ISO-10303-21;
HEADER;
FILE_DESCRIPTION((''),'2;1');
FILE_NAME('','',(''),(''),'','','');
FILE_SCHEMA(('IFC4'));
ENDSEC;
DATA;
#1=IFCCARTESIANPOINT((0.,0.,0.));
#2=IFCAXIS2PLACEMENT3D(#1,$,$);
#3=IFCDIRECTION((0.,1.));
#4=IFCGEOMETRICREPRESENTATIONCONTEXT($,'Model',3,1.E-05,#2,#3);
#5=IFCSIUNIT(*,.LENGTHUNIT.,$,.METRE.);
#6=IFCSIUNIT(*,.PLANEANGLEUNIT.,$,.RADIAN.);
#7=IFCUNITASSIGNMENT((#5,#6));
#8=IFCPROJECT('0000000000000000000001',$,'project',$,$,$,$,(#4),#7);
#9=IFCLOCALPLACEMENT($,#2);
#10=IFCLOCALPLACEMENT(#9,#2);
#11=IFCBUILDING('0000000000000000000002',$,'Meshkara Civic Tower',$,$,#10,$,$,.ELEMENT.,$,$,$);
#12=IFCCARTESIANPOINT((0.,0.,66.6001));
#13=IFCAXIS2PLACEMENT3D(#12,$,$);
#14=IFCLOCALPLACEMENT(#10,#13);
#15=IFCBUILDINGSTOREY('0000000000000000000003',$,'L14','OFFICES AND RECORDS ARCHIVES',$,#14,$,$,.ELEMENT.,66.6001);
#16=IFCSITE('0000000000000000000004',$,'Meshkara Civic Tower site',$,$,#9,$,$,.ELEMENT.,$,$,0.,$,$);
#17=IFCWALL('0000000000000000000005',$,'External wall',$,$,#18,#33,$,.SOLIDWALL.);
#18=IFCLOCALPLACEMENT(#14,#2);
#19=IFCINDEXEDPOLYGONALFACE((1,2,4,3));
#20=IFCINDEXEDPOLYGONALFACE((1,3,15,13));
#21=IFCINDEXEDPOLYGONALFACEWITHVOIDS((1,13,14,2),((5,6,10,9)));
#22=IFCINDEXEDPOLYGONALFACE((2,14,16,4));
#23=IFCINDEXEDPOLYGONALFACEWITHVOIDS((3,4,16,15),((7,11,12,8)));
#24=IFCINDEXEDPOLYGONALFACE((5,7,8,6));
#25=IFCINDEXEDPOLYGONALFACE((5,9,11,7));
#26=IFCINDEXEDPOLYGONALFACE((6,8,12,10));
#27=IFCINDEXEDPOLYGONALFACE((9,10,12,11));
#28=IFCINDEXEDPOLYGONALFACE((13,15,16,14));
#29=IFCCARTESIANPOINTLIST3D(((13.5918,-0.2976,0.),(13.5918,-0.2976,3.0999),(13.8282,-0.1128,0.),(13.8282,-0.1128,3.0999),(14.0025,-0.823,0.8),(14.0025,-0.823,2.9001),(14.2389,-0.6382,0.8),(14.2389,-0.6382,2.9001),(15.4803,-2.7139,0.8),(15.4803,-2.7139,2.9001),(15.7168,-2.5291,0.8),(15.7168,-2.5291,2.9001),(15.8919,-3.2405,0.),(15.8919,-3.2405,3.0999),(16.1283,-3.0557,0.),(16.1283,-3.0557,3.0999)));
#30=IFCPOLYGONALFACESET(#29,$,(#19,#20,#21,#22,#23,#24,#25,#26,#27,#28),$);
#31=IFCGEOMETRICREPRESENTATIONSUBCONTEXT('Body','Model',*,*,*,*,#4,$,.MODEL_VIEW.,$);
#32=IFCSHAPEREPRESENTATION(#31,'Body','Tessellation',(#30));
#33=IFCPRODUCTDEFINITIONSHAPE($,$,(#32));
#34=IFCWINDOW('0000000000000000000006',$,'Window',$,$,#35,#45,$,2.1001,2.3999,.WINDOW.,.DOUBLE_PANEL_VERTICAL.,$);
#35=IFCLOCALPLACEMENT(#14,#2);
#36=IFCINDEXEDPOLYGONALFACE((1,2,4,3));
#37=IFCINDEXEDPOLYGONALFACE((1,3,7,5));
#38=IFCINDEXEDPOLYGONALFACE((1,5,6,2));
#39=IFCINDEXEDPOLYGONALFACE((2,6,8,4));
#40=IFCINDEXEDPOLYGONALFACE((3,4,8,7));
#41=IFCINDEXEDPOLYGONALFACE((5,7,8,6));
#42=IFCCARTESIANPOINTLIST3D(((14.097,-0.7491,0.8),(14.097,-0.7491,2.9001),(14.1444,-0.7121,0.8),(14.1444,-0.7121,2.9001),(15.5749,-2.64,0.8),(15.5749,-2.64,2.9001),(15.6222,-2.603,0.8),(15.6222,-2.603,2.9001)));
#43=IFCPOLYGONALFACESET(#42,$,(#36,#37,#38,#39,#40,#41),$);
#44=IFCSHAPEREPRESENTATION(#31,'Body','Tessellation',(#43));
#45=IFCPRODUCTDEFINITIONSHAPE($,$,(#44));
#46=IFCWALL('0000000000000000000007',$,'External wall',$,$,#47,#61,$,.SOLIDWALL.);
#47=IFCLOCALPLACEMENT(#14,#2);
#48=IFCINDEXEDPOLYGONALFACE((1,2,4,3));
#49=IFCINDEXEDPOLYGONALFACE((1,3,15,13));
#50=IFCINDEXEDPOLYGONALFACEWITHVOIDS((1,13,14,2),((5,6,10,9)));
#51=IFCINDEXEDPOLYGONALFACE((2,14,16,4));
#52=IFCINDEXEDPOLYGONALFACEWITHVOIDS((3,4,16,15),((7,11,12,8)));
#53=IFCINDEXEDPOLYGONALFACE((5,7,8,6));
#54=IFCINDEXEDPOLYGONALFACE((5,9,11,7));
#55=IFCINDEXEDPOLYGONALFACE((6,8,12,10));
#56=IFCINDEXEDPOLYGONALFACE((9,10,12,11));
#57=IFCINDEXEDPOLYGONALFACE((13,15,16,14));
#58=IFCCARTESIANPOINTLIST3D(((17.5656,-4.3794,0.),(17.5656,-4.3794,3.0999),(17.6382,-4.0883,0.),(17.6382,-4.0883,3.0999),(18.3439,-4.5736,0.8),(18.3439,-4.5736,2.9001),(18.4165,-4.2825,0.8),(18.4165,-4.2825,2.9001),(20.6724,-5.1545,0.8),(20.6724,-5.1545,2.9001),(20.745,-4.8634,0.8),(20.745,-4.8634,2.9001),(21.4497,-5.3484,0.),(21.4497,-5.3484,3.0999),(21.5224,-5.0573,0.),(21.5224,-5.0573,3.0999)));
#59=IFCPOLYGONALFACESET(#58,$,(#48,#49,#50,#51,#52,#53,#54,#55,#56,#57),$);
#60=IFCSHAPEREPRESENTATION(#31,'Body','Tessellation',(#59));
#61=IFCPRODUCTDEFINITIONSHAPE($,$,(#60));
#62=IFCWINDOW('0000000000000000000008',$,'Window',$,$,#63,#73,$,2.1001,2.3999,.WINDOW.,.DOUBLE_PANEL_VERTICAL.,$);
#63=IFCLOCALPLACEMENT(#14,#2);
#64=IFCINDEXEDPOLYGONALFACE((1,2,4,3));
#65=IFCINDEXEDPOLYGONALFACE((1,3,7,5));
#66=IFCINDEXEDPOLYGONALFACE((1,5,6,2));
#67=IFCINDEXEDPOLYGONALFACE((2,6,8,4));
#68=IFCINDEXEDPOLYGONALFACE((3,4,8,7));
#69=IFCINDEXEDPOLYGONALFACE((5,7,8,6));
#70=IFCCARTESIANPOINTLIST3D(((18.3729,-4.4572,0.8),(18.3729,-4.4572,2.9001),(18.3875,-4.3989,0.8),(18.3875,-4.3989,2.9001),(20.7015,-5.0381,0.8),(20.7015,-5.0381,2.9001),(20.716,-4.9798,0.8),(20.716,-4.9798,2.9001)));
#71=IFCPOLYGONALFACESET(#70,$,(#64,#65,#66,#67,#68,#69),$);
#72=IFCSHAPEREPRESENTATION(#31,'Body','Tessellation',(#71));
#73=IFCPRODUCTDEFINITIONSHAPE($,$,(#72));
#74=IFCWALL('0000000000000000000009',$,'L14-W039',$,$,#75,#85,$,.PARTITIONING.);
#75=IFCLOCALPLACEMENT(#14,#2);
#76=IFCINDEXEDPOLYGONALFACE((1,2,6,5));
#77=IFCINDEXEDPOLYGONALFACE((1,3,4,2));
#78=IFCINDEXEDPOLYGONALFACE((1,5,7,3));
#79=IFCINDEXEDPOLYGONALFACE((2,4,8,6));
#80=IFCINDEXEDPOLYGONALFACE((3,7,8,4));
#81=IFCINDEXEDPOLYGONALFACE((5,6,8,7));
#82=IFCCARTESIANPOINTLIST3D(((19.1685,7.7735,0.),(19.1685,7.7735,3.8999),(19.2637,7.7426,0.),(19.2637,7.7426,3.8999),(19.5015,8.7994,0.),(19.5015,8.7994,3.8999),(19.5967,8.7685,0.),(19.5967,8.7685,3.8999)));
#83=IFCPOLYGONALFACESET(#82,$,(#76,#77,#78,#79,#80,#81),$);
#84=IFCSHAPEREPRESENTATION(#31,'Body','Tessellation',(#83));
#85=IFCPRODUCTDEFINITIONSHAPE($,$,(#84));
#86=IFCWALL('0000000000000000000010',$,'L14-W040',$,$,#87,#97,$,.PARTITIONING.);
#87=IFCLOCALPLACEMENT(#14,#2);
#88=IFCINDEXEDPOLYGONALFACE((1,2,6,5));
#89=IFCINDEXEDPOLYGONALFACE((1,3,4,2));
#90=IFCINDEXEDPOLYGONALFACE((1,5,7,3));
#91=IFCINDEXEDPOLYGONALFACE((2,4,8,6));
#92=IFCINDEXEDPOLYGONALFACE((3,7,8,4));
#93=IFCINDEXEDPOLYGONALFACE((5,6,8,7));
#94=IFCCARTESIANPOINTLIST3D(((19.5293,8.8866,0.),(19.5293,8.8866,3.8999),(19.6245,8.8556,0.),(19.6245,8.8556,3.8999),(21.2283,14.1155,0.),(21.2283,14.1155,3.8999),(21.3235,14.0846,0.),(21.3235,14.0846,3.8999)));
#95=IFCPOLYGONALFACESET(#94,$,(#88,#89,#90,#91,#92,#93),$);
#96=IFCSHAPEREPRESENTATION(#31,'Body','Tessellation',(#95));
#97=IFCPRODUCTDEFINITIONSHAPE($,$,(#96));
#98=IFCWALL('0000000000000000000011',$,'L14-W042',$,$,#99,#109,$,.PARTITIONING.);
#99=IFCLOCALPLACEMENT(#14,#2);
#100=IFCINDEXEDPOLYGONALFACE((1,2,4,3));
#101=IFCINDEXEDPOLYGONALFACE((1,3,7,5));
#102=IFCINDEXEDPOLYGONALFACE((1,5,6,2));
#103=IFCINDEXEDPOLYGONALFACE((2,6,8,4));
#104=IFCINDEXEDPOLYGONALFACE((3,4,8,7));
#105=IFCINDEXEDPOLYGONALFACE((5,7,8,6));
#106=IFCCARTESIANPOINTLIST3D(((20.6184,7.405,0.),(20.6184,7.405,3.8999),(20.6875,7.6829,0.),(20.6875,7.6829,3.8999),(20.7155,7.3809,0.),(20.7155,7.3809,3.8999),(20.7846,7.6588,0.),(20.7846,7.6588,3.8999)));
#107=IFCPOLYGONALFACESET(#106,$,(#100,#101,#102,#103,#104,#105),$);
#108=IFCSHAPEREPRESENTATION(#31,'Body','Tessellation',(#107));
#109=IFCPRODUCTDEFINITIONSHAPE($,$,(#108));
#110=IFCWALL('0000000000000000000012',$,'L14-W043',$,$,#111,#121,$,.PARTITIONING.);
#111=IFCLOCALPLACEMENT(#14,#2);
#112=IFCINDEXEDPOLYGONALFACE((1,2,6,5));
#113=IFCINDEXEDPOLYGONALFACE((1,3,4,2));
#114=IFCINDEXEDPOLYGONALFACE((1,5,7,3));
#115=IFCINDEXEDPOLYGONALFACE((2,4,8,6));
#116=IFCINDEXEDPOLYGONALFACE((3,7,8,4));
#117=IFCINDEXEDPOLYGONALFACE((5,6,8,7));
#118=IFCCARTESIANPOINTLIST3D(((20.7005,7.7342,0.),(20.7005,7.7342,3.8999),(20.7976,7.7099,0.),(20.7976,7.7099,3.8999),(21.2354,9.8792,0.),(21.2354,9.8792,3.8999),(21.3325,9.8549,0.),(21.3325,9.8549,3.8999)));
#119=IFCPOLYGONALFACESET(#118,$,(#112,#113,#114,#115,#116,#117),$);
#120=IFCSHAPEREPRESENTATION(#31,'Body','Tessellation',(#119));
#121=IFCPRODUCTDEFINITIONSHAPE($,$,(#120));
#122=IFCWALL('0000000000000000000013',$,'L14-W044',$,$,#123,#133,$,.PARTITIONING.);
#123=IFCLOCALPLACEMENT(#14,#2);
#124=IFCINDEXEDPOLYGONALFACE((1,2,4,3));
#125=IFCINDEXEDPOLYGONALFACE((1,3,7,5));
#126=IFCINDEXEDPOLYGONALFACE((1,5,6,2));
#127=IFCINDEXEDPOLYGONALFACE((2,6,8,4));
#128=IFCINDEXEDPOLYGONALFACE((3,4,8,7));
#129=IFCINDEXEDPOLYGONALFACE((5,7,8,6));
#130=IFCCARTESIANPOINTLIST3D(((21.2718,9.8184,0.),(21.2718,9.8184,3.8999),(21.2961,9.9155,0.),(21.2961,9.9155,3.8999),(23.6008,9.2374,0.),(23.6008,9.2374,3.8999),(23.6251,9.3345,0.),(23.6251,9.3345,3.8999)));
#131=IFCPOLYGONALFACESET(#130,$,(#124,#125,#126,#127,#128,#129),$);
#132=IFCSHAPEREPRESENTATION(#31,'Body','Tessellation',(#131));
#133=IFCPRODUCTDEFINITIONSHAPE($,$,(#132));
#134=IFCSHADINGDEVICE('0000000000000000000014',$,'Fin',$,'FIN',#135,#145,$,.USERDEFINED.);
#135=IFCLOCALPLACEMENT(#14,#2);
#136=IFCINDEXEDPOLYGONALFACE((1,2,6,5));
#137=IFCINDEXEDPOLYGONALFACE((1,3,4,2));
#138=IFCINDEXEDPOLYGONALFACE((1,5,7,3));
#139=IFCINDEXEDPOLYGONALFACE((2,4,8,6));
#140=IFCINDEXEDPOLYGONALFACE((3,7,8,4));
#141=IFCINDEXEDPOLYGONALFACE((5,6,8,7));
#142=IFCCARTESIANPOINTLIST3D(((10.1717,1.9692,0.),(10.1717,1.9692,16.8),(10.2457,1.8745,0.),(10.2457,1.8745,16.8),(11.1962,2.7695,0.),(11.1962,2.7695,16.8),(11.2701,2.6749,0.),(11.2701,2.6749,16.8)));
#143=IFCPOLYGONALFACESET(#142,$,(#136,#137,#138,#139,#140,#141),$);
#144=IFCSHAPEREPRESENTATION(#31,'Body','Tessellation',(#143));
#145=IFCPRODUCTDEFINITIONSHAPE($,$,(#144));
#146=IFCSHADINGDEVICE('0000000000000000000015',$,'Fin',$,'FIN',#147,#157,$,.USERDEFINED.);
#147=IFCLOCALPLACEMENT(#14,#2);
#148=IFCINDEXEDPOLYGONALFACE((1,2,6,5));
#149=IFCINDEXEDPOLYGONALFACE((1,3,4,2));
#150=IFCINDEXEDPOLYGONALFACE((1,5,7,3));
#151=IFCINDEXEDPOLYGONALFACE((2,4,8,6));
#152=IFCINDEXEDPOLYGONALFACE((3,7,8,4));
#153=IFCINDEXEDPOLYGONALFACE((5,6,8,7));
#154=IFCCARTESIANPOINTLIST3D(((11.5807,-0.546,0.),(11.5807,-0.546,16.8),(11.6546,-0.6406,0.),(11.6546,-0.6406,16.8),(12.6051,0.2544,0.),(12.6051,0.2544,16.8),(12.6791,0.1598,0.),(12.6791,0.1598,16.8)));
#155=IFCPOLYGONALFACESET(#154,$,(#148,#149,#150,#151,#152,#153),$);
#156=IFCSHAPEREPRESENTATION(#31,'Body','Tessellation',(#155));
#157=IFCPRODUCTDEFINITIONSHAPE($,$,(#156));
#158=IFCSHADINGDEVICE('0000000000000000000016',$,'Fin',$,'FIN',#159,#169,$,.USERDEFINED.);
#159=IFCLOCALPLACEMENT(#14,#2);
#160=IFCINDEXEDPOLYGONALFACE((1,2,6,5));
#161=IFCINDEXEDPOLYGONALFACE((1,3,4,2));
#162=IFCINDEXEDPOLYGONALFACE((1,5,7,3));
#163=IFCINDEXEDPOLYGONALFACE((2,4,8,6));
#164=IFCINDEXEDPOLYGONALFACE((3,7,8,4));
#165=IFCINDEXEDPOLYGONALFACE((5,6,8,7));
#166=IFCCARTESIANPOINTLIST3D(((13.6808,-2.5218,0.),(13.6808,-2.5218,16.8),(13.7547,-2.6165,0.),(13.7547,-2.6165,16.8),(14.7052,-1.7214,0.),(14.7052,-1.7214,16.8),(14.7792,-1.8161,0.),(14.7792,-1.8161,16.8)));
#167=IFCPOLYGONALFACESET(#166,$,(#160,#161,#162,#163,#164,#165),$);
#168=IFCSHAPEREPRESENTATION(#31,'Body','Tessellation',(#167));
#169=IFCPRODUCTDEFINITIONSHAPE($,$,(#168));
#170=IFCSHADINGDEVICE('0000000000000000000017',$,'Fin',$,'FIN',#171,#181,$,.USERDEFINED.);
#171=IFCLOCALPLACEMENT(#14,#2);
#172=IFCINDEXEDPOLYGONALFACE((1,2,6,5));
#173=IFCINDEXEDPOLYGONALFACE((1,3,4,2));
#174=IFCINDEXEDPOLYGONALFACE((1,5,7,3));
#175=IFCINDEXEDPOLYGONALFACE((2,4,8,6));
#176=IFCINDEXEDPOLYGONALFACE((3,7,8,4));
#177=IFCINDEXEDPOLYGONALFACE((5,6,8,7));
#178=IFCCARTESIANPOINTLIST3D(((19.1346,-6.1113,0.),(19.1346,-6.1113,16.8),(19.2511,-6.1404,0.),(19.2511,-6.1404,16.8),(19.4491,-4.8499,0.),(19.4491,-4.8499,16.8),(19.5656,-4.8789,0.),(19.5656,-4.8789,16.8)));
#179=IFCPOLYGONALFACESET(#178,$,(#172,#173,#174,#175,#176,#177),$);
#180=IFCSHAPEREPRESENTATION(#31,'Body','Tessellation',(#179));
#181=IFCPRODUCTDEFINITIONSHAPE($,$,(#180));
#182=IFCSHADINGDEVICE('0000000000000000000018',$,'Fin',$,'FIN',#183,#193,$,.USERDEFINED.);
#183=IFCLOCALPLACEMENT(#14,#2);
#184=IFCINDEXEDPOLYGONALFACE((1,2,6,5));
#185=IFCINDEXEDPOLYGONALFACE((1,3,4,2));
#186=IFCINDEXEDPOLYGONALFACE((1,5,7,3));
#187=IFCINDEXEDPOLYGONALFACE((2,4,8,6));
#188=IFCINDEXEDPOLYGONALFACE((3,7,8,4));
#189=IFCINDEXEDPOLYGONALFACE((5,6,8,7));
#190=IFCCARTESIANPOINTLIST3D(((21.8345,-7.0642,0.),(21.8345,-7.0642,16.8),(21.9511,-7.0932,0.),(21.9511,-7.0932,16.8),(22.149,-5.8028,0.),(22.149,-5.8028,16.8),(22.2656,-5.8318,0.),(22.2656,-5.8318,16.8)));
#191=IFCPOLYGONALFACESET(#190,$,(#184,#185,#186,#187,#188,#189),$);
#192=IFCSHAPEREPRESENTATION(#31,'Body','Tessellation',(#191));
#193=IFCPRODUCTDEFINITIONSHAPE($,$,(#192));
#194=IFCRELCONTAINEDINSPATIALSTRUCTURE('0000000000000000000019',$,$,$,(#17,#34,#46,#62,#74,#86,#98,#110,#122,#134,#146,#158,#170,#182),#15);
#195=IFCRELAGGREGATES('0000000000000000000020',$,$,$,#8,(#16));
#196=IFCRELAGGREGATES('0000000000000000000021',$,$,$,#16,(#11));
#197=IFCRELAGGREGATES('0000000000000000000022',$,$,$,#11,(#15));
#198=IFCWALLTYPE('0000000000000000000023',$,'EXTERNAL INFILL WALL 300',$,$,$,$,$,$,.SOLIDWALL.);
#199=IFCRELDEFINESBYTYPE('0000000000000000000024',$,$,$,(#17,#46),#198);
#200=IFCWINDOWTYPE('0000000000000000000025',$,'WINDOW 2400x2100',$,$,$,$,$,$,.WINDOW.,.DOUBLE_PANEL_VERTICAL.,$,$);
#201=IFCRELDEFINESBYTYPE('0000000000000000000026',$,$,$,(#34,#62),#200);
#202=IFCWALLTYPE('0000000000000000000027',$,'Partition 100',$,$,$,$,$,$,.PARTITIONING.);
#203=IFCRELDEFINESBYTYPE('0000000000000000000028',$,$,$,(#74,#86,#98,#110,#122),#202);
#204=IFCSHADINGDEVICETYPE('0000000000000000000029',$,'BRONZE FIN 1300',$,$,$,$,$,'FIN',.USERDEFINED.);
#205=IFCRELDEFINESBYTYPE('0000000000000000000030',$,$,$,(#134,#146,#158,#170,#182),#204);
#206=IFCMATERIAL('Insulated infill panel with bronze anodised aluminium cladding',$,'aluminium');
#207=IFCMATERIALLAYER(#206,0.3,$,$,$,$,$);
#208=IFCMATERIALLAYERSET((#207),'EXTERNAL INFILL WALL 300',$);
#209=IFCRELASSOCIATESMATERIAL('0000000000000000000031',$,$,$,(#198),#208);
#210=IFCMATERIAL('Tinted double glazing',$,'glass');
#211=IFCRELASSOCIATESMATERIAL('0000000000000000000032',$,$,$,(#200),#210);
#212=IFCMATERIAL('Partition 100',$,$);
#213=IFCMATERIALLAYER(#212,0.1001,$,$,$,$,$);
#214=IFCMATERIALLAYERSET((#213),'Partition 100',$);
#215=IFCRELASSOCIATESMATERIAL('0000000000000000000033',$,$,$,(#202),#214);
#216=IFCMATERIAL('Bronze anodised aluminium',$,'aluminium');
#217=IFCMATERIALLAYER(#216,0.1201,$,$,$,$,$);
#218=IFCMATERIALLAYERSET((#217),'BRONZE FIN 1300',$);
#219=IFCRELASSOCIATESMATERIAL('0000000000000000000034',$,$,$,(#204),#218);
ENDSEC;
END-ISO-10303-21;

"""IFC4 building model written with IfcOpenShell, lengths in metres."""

from ifc_helpers import new_model, si_unit, direction, frame, frame_2d, origin, origin_2d, place, context, subcontext, project, spatial, rectangle, extrude, material, layer, layer_set, type_object, element, fill, save


model = new_model("IFC4")

# Units and contexts
model_context = context("Model", 3, precision=1e-05, world=origin(), true_north=direction((0.0, 1.0)))
body_context = subcontext(model_context, "Body", "Model", "MODEL_VIEW")
ifc_project = project(units=[si_unit("LENGTHUNIT", "METRE"), si_unit("PLANEANGLEUNIT", "RADIAN")], contexts=[model_context])

# Site, building, storey
site_placement = place(None, origin())
site = spatial("IfcSite", under=ifc_project, at=site_placement, Name="Meshkara Civic Tower site", CompositionType="ELEMENT", RefElevation=0.0)
building_placement = place(site_placement, origin())
building = spatial("IfcBuilding", under=site, at=building_placement, Name="Meshkara Civic Tower", CompositionType="ELEMENT")
storey_placement = place(building_placement, frame((0.0, 0.0, 66.6001)))
storey = spatial("IfcBuildingStorey", under=building, at=storey_placement, Name="L14", Description="OFFICES AND RECORDS ARCHIVES", CompositionType="ELEMENT", Elevation=66.6001)

# Walls, openings, windows
ifc_material_1 = material(Name="Insulated infill panel with bronze anodised aluminium cladding", Category="aluminium")
ifc_layer_1 = layer(ifc_material_1, 0.3)
ifc_layer_set_1 = layer_set([ifc_layer_1], Name="EXTERNAL INFILL WALL 300")
wall_type_1 = type_object("IfcWallType", Name="EXTERNAL INFILL WALL 300", PredefinedType="SOLIDWALL", material=ifc_layer_set_1)
ifc_material_2 = material(Name="Tinted double glazing", Category="glass")
window_type = type_object("IfcWindowType", Name="WINDOW 2400x2100", PartitioningType="DOUBLE_PANEL_VERTICAL", PredefinedType="WINDOW", material=ifc_material_2)
wall_1_placement = place(storey_placement, frame((13.71, -0.2051, 0.0), z_axis=(0.0, 0.0, 1.0), x_axis=(0.615799, -0.787903, 0.0)))
wall_1 = element("IfcWall", 1, at=wall_1_placement, inside=storey, type_object=wall_type_1, Name="External wall", PredefinedType="SOLIDWALL", context=body_context, shape_type="SweptSolid", body=[
    extrude(rectangle(XDim=3.7351, YDim=0.3, at=frame_2d((1.8677, 0.0))), origin(), (0.0, 0.0, 1.0), 3.0999),
])
opening_1_placement = place(wall_1_placement, frame((0.667, 0.0, 0.8)))
opening_1 = element("IfcOpeningElement", 2, at=opening_1_placement, cuts=wall_1, PredefinedType="OPENING", context=body_context, shape_type="SweptSolid", body=[
    extrude(rectangle(XDim=2.3999, YDim=2.1001, at=frame_2d((1.2, 1.05))), frame((0.0, 0.1599, 0.0), z_axis=(0.0, -1.0, 0.0), x_axis=(1.0, 0.0, 0.0)), (0.0, 0.0, 1.0), 0.3201),
])
window_1_placement = place(opening_1_placement, origin())
window_1 = element("IfcWindow", 3, at=window_1_placement, inside=storey, type_object=window_type, Name="Window", OverallHeight=2.1001, OverallWidth=2.3999, PartitioningType="DOUBLE_PANEL_VERTICAL", PredefinedType="WINDOW", context=body_context, shape_type="SweptSolid", body=[
    extrude(rectangle(XDim=2.3999, YDim=2.1001, at=frame_2d((1.2, 1.05))), frame((0.0, 0.03, 0.0), z_axis=(0.0, -1.0, 0.0), x_axis=(1.0, 0.0, 0.0)), (0.0, 0.0, 1.0), 0.0601),
])
fill(opening_1, window_1)
wall_2_placement = place(storey_placement, frame((17.6021, -4.2339, 0.0), z_axis=(0.0, 0.0, 1.0), x_axis=(0.970261, -0.242062, 0.0)))
wall_2 = element("IfcWall", 4, at=wall_2_placement, inside=storey, type_object=wall_type_1, Name="External wall", PredefinedType="SOLIDWALL", context=body_context, shape_type="SweptSolid", body=[
    extrude(rectangle(XDim=4.0032, YDim=0.3, at=frame_2d((2.0015, 0.0))), origin(), (0.0, 0.0, 1.0), 3.0999),
])
opening_2_placement = place(wall_2_placement, frame((0.802, 0.0, 0.8)))
opening_2 = element("IfcOpeningElement", 5, at=opening_2_placement, cuts=wall_2, PredefinedType="OPENING", context=body_context, shape_type="SweptSolid", body=[
    extrude(rectangle(XDim=2.3999, YDim=2.1001, at=frame_2d((1.2, 1.05))), frame((0.0, 0.1599, 0.0), z_axis=(0.0, -1.0, 0.0), x_axis=(1.0, 0.0, 0.0)), (0.0, 0.0, 1.0), 0.3201),
])
window_2_placement = place(opening_2_placement, origin())
window_2 = element("IfcWindow", 6, at=window_2_placement, inside=storey, type_object=window_type, Name="Window", OverallHeight=2.1001, OverallWidth=2.3999, PartitioningType="DOUBLE_PANEL_VERTICAL", PredefinedType="WINDOW", context=body_context, shape_type="SweptSolid", body=[
    extrude(rectangle(XDim=2.3999, YDim=2.1001, at=frame_2d((1.2, 1.05))), frame((0.0, 0.03, 0.0), z_axis=(0.0, -1.0, 0.0), x_axis=(1.0, 0.0, 0.0)), (0.0, 0.0, 1.0), 0.0601),
])
fill(opening_2, window_2)

# Walls
ifc_material_3 = material(Name="Partition 100")
ifc_layer_2 = layer(ifc_material_3, 0.1001)
ifc_layer_set_2 = layer_set([ifc_layer_2], Name="Partition 100")
wall_type_2 = type_object("IfcWallType", Name="Partition 100", PredefinedType="PARTITIONING", material=ifc_layer_set_2)
wall_3_placement = place(storey_placement, frame((19.2161, 7.7581, 0.0), z_axis=(0.0, 0.0, 1.0), x_axis=(0.308748, 0.951144, 0.0)))
element("IfcWall", 7, at=wall_3_placement, inside=storey, type_object=wall_type_2, Name="L14-W039", PredefinedType="PARTITIONING", context=body_context, shape_type="SweptSolid", body=[
    extrude(rectangle(XDim=1.0786, YDim=0.1001, at=frame_2d((0.5393, 0.0))), origin(), (0.0, 0.0, 1.0), 3.8999),
])
wall_4_placement = place(storey_placement, frame((19.5769, 8.8711, 0.0), z_axis=(0.0, 0.0, 1.0), x_axis=(0.309012, 0.951058, 0.0)))
element("IfcWall", 8, at=wall_4_placement, inside=storey, type_object=wall_type_2, Name="L14-W040", PredefinedType="PARTITIONING", context=body_context, shape_type="SweptSolid", body=[
    extrude(rectangle(XDim=5.498, YDim=0.1001, at=frame_2d((2.749, 0.0))), origin(), (0.0, 0.0, 1.0), 3.8999),
])
wall_5_placement = place(storey_placement, frame((20.667, 7.3931, 0.0), z_axis=(0.0, 0.0, 1.0), x_axis=(0.241332, 0.970443, 0.0)))
element("IfcWall", 9, at=wall_5_placement, inside=storey, type_object=wall_type_2, Name="L14-W042", PredefinedType="PARTITIONING", context=body_context, shape_type="SweptSolid", body=[
    extrude(rectangle(XDim=0.2864, YDim=0.1001, at=frame_2d((0.1431, 0.0))), origin(), (0.0, 0.0, 1.0), 3.8999),
])
wall_6_placement = place(storey_placement, frame((20.749, 7.7219, 0.0), z_axis=(0.0, 0.0, 1.0), x_axis=(0.241964, 0.970285, 0.0)))
element("IfcWall", 10, at=wall_6_placement, inside=storey, type_object=wall_type_2, Name="L14-W043", PredefinedType="PARTITIONING", context=body_context, shape_type="SweptSolid", body=[
    extrude(rectangle(XDim=2.2107, YDim=0.1001, at=frame_2d((1.1055, 0.0))), origin(), (0.0, 0.0, 1.0), 3.8999),
])
wall_7_placement = place(storey_placement, frame((21.2839, 9.8669, 0.0), z_axis=(0.0, 0.0, 1.0), x_axis=(0.970262, -0.242057, 0.0)))
element("IfcWall", 11, at=wall_7_placement, inside=storey, type_object=wall_type_2, Name="L14-W044", PredefinedType="PARTITIONING", context=body_context, shape_type="SweptSolid", body=[
    extrude(rectangle(XDim=2.4004, YDim=0.1001, at=frame_2d((1.2002, 0.0))), origin(), (0.0, 0.0, 1.0), 3.8999),
])

# Shading devices
ifc_material_4 = material(Name="Bronze anodised aluminium", Category="aluminium")
ifc_layer_3 = layer(ifc_material_4, 0.1201)
ifc_layer_set_3 = layer_set([ifc_layer_3], Name="BRONZE FIN 1300")
shading_device_type = type_object("IfcShadingDeviceType", Name="BRONZE FIN 1300", ElementType="FIN", PredefinedType="USERDEFINED", material=ifc_layer_set_3)
for number, where, z_axis, x_axis, name in (
    (12, (10.7209, 2.322, 0.0), (0.0, 0.0, 1.0), (0.615661, -0.788011, 0.0), "Fin"),
    (13, (12.1299, -0.1931, 0.0), (0.0, 0.0, 1.0), (0.615661, -0.788011, 0.0), "Fin"),
    (14, (14.23, -2.1689, 0.0), (0.0, 0.0, 1.0), (0.615661, -0.788011, 0.0), "Fin"),
    (15, (19.3501, -5.4951, 0.0), (0.0, 0.0, 1.0), (0.970296, -0.241922, 0.0), "Fin"),
    (16, (22.05, -6.448, 0.0), (0.0, 0.0, 1.0), (0.970296, -0.241922, 0.0), "Fin"),
):
    element("IfcShadingDevice", number, at=place(storey_placement, frame(where, z_axis=z_axis, x_axis=x_axis)), inside=storey, type_object=shading_device_type, Name=name, ObjectType="FIN", PredefinedType="USERDEFINED", context=body_context, shape_type="SweptSolid", body=[
        extrude(rectangle(XDim=0.1201, YDim=1.3, at=origin_2d()), origin(), (0.0, 0.0, 1.0), 16.8),
    ])

save(model, "model.ifc")
